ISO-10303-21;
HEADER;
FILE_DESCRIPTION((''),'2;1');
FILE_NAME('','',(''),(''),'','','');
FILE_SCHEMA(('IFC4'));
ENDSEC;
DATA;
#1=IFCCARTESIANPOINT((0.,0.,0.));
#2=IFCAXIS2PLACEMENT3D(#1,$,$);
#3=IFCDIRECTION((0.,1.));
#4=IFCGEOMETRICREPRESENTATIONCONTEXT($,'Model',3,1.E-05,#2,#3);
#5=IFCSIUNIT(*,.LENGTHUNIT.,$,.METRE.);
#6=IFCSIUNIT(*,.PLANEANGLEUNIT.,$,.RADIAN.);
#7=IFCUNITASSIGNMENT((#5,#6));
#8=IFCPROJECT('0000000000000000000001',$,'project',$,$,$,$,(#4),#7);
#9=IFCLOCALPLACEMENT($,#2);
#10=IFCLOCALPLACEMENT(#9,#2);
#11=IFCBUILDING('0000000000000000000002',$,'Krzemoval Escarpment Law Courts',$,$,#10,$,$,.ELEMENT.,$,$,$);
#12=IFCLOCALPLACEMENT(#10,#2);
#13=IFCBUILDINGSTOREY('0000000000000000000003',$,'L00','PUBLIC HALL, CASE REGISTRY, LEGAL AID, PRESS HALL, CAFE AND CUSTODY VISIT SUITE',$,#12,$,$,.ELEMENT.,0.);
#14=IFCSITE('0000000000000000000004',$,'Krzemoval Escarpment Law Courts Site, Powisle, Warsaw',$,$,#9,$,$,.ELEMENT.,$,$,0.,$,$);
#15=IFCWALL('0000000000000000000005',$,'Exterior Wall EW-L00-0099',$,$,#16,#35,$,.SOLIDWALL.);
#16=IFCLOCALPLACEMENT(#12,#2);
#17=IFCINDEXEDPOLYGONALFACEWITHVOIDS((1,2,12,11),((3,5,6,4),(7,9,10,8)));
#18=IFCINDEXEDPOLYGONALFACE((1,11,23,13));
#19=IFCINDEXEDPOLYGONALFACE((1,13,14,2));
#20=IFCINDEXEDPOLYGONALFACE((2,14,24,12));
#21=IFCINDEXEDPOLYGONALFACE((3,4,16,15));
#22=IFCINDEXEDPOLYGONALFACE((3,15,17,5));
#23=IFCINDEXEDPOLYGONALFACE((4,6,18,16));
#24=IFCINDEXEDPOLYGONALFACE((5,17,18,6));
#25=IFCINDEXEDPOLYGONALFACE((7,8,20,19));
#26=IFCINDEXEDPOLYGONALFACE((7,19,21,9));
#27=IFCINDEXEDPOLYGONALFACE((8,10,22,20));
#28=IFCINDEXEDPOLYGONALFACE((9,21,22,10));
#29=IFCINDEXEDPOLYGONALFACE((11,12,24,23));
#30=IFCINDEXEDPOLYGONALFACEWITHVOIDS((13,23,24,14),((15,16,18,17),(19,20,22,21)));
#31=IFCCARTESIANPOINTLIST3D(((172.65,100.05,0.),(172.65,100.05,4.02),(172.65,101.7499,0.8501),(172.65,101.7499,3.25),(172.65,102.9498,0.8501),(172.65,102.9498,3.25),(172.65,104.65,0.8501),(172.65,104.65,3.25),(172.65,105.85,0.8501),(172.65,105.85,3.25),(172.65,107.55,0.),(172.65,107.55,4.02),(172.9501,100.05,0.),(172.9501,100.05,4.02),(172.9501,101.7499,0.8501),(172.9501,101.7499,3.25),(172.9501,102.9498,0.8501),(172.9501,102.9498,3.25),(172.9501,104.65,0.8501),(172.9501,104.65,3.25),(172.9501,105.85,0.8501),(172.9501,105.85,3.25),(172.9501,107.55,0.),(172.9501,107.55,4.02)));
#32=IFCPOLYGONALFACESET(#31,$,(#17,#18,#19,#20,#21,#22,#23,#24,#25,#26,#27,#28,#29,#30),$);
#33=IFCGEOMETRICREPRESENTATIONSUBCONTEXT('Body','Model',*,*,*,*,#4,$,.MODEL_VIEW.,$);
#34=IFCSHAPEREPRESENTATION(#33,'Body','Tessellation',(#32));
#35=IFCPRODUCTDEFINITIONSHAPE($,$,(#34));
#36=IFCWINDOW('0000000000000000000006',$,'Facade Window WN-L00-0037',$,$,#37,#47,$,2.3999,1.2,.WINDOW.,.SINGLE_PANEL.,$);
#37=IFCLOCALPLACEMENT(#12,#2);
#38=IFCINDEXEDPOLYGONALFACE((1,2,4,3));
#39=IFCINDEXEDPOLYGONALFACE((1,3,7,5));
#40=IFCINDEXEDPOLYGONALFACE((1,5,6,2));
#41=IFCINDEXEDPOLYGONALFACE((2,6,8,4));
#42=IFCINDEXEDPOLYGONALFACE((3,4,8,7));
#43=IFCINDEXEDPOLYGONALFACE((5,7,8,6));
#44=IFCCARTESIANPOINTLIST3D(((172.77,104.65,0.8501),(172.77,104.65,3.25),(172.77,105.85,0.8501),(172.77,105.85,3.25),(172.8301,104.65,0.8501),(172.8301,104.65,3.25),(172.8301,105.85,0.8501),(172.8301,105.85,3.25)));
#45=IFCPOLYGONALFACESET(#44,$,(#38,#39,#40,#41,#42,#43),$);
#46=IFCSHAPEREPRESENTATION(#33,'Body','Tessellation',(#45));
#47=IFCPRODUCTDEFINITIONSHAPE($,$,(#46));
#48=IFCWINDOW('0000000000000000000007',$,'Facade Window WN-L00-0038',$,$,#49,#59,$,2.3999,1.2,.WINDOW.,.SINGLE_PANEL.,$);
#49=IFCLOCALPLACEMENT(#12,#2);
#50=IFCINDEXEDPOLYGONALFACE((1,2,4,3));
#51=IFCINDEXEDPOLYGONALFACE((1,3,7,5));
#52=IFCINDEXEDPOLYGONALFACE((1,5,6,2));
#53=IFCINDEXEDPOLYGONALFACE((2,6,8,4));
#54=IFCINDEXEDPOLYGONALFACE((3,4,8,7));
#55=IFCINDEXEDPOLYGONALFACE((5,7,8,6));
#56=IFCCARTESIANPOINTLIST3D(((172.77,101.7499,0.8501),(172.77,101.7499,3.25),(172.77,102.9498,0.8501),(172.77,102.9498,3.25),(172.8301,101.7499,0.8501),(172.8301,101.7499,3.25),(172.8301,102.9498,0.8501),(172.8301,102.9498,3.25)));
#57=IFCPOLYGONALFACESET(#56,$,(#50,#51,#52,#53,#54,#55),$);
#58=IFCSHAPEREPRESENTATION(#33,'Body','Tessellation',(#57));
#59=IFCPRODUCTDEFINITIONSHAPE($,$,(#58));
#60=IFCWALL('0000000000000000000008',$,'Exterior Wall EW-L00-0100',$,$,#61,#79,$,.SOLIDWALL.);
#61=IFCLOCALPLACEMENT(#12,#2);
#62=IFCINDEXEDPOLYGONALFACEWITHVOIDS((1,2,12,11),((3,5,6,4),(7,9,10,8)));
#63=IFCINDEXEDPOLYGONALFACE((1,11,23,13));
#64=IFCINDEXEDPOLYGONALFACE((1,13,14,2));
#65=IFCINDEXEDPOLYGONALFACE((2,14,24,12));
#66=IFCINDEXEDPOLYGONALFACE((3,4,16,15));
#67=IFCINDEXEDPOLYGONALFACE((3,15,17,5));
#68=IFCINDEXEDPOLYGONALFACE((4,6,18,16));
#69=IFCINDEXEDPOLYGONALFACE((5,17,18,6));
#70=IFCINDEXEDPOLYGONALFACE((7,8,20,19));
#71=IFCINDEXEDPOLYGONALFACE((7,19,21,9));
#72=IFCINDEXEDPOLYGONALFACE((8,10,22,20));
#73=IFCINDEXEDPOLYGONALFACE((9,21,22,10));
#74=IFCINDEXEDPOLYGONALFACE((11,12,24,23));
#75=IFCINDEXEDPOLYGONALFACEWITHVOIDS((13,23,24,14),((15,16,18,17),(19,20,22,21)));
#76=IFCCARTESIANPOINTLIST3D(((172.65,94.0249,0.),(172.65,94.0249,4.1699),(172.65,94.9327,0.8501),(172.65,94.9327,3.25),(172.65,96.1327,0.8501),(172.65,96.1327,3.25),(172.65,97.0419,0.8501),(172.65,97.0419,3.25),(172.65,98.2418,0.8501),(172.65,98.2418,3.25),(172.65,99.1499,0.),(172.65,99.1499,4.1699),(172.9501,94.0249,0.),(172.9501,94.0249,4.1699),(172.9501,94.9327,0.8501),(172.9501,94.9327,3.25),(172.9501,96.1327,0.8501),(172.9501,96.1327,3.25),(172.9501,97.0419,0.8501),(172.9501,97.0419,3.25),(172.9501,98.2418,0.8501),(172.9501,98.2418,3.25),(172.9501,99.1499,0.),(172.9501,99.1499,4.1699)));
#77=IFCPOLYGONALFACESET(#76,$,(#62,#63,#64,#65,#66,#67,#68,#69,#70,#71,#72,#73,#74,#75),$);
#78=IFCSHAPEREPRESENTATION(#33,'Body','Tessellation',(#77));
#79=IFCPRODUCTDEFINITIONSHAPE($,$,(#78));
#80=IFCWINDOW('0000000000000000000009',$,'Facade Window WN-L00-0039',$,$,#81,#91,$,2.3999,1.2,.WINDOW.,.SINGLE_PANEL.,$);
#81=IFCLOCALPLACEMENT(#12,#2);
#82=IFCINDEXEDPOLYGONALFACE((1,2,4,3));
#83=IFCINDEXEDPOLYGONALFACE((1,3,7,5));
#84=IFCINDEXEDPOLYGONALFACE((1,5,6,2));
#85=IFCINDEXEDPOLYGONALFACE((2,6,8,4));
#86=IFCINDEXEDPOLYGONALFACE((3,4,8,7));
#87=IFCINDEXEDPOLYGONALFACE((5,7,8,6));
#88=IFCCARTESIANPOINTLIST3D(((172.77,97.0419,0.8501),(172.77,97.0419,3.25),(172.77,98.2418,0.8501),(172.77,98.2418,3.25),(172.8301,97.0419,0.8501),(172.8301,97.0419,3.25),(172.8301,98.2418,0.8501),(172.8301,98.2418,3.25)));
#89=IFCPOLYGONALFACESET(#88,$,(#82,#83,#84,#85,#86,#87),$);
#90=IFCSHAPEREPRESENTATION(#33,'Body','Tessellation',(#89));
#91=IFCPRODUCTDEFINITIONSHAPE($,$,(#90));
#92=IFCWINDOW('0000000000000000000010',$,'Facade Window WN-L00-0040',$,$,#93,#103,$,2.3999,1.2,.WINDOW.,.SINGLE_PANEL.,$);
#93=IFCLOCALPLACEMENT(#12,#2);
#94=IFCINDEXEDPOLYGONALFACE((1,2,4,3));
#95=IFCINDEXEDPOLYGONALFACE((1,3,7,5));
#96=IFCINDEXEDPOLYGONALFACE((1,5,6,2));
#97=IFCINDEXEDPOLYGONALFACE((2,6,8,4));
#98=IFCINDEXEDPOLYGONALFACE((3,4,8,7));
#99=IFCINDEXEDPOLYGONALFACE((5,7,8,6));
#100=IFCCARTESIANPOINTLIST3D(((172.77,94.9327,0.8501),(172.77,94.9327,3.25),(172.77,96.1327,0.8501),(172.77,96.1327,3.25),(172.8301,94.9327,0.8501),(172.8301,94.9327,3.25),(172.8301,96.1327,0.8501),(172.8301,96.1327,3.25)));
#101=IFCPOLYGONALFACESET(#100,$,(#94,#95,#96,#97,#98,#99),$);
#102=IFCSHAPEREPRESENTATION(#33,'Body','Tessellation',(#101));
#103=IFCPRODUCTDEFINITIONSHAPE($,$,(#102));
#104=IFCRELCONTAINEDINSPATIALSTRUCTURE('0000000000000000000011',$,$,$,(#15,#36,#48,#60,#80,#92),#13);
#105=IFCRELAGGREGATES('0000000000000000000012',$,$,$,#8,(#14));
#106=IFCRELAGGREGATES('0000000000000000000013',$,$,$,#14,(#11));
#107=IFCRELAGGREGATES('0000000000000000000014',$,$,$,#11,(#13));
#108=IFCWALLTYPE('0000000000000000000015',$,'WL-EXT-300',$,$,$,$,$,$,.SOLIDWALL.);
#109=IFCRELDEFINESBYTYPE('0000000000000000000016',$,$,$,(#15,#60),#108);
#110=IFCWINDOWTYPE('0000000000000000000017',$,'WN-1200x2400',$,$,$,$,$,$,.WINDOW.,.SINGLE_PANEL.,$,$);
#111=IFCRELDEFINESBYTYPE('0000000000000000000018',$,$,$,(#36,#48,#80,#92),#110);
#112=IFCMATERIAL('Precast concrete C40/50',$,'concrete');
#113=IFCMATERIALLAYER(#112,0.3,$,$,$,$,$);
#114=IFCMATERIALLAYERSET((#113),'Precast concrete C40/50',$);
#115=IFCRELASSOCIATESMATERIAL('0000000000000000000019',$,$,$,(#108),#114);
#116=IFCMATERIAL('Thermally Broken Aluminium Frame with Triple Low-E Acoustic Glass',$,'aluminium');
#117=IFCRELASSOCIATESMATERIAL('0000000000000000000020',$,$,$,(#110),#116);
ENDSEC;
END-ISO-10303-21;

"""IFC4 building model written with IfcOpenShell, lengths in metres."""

from ifc_helpers import new_model, si_unit, direction, frame, frame_2d, origin, place, context, subcontext, project, spatial, rectangle, extrude, material, layer, layer_set, type_object, element, fill, save


model = new_model("IFC4")

# Units and contexts
model_context = context("Model", 3, precision=1e-05, world=origin(), true_north=direction((0.0, 1.0)))
body_context = subcontext(model_context, "Body", "Model", "MODEL_VIEW")
ifc_project = project(units=[si_unit("LENGTHUNIT", "METRE"), si_unit("PLANEANGLEUNIT", "RADIAN")], contexts=[model_context])

# Site, building, storey
site_placement = place(None, origin())
site = spatial("IfcSite", under=ifc_project, at=site_placement, Name="Krzemoval Escarpment Law Courts Site, Powisle, Warsaw", CompositionType="ELEMENT", RefElevation=0.0)
building_placement = place(site_placement, origin())
building = spatial("IfcBuilding", under=site, at=building_placement, Name="Krzemoval Escarpment Law Courts", CompositionType="ELEMENT")
storey_placement = place(building_placement, origin())
storey = spatial("IfcBuildingStorey", under=building, at=storey_placement, Name="L00", Description="PUBLIC HALL, CASE REGISTRY, LEGAL AID, PRESS HALL, CAFE AND CUSTODY VISIT SUITE", CompositionType="ELEMENT", Elevation=0.0)

# Walls, openings, windows
ifc_material_1 = material(Name="Precast concrete C40/50", Category="concrete")
ifc_layer = layer(ifc_material_1, 0.3)
ifc_layer_set = layer_set([ifc_layer], Name="Precast concrete C40/50")
wall_type = type_object("IfcWallType", Name="WL-EXT-300", PredefinedType="SOLIDWALL", material=ifc_layer_set)
wall_1_placement = place(storey_placement, frame((172.8, 107.55, 0.0), z_axis=(0.0, 0.0, 1.0), x_axis=(0.0, -1.0, 0.0)))
wall_1 = element("IfcWall", 1, at=wall_1_placement, inside=storey, type_object=wall_type, Name="Exterior Wall EW-L00-0099", PredefinedType="SOLIDWALL", context=body_context, shape_type="SweptSolid", body=[
    extrude(rectangle(XDim=7.5, YDim=0.3, at=frame_2d((3.75, 0.0))), origin(), (0.0, 0.0, 1.0), 4.02),
])
opening_1_placement = place(wall_1_placement, frame((1.7, 0.0, 0.8501)))
opening_1 = element("IfcOpeningElement", 2, at=opening_1_placement, cuts=wall_1, PredefinedType="OPENING", context=body_context, shape_type="SweptSolid", body=[
    extrude(rectangle(XDim=1.2, YDim=2.3999, at=frame_2d((0.6001, 1.2))), frame((0.0, 0.165, 0.0), z_axis=(0.0, -1.0, 0.0), x_axis=(1.0, 0.0, 0.0)), (0.0, 0.0, 1.0), 0.3301),
])
opening_2_placement = place(wall_1_placement, frame((4.6001, 0.0, 0.8501)))
opening_2 = element("IfcOpeningElement", 3, at=opening_2_placement, cuts=wall_1, PredefinedType="OPENING", context=body_context, shape_type="SweptSolid", body=[
    extrude(rectangle(XDim=1.2, YDim=2.3999, at=frame_2d((0.6001, 1.2))), frame((0.0, 0.165, 0.0), z_axis=(0.0, -1.0, 0.0), x_axis=(1.0, 0.0, 0.0)), (0.0, 0.0, 1.0), 0.3301),
])
ifc_material_2 = material(Name="Thermally Broken Aluminium Frame with Triple Low-E Acoustic Glass", Category="aluminium")
window_type = type_object("IfcWindowType", Name="WN-1200x2400", PartitioningType="SINGLE_PANEL", PredefinedType="WINDOW", material=ifc_material_2)
window_1_placement = place(opening_1_placement, origin())
window_1 = element("IfcWindow", 4, at=window_1_placement, inside=storey, type_object=window_type, Name="Facade Window WN-L00-0037", OverallHeight=2.3999, OverallWidth=1.2, PartitioningType="SINGLE_PANEL", PredefinedType="WINDOW", context=body_context, shape_type="SweptSolid", body=[
    extrude(rectangle(XDim=1.2, YDim=2.3999, at=frame_2d((0.6001, 1.2))), frame((0.0, 0.03, 0.0), z_axis=(0.0, -1.0, 0.0), x_axis=(1.0, 0.0, 0.0)), (0.0, 0.0, 1.0), 0.0601),
])
fill(opening_1, window_1)
window_2_placement = place(opening_2_placement, origin())
window_2 = element("IfcWindow", 5, at=window_2_placement, inside=storey, type_object=window_type, Name="Facade Window WN-L00-0038", OverallHeight=2.3999, OverallWidth=1.2, PartitioningType="SINGLE_PANEL", PredefinedType="WINDOW", context=body_context, shape_type="SweptSolid", body=[
    extrude(rectangle(XDim=1.2, YDim=2.3999, at=frame_2d((0.6001, 1.2))), frame((0.0, 0.03, 0.0), z_axis=(0.0, -1.0, 0.0), x_axis=(1.0, 0.0, 0.0)), (0.0, 0.0, 1.0), 0.0601),
])
fill(opening_2, window_2)
wall_2_placement = place(storey_placement, frame((172.8, 99.1499, 0.0), z_axis=(0.0, 0.0, 1.0), x_axis=(0.0, -1.0, 0.0)))
wall_2 = element("IfcWall", 6, at=wall_2_placement, inside=storey, type_object=wall_type, Name="Exterior Wall EW-L00-0100", PredefinedType="SOLIDWALL", context=body_context, shape_type="SweptSolid", body=[
    extrude(rectangle(XDim=5.125, YDim=0.3, at=frame_2d((2.5625, 0.0))), origin(), (0.0, 0.0, 1.0), 4.1699),
])
opening_3_placement = place(wall_2_placement, frame((0.908, 0.0, 0.8501)))
opening_3 = element("IfcOpeningElement", 7, at=opening_3_placement, cuts=wall_2, PredefinedType="OPENING", context=body_context, shape_type="SweptSolid", body=[
    extrude(rectangle(XDim=1.2, YDim=2.3999, at=frame_2d((0.6001, 1.2))), frame((0.0, 0.165, 0.0), z_axis=(0.0, -1.0, 0.0), x_axis=(1.0, 0.0, 0.0)), (0.0, 0.0, 1.0), 0.3301),
])
opening_4_placement = place(wall_2_placement, frame((3.0171, 0.0, 0.8501)))
opening_4 = element("IfcOpeningElement", 8, at=opening_4_placement, cuts=wall_2, PredefinedType="OPENING", context=body_context, shape_type="SweptSolid", body=[
    extrude(rectangle(XDim=1.2, YDim=2.3999, at=frame_2d((0.6001, 1.2))), frame((0.0, 0.165, 0.0), z_axis=(0.0, -1.0, 0.0), x_axis=(1.0, 0.0, 0.0)), (0.0, 0.0, 1.0), 0.3301),
])
window_3_placement = place(opening_3_placement, origin())
window_3 = element("IfcWindow", 9, at=window_3_placement, inside=storey, type_object=window_type, Name="Facade Window WN-L00-0039", OverallHeight=2.3999, OverallWidth=1.2, PartitioningType="SINGLE_PANEL", PredefinedType="WINDOW", context=body_context, shape_type="SweptSolid", body=[
    extrude(rectangle(XDim=1.2, YDim=2.3999, at=frame_2d((0.6001, 1.2))), frame((0.0, 0.03, 0.0), z_axis=(0.0, -1.0, 0.0), x_axis=(1.0, 0.0, 0.0)), (0.0, 0.0, 1.0), 0.0601),
])
fill(opening_3, window_3)
window_4_placement = place(opening_4_placement, origin())
window_4 = element("IfcWindow", 10, at=window_4_placement, inside=storey, type_object=window_type, Name="Facade Window WN-L00-0040", OverallHeight=2.3999, OverallWidth=1.2, PartitioningType="SINGLE_PANEL", PredefinedType="WINDOW", context=body_context, shape_type="SweptSolid", body=[
    extrude(rectangle(XDim=1.2, YDim=2.3999, at=frame_2d((0.6001, 1.2))), frame((0.0, 0.03, 0.0), z_axis=(0.0, -1.0, 0.0), x_axis=(1.0, 0.0, 0.0)), (0.0, 0.0, 1.0), 0.0601),
])
fill(opening_4, window_4)

save(model, "model.ifc")
